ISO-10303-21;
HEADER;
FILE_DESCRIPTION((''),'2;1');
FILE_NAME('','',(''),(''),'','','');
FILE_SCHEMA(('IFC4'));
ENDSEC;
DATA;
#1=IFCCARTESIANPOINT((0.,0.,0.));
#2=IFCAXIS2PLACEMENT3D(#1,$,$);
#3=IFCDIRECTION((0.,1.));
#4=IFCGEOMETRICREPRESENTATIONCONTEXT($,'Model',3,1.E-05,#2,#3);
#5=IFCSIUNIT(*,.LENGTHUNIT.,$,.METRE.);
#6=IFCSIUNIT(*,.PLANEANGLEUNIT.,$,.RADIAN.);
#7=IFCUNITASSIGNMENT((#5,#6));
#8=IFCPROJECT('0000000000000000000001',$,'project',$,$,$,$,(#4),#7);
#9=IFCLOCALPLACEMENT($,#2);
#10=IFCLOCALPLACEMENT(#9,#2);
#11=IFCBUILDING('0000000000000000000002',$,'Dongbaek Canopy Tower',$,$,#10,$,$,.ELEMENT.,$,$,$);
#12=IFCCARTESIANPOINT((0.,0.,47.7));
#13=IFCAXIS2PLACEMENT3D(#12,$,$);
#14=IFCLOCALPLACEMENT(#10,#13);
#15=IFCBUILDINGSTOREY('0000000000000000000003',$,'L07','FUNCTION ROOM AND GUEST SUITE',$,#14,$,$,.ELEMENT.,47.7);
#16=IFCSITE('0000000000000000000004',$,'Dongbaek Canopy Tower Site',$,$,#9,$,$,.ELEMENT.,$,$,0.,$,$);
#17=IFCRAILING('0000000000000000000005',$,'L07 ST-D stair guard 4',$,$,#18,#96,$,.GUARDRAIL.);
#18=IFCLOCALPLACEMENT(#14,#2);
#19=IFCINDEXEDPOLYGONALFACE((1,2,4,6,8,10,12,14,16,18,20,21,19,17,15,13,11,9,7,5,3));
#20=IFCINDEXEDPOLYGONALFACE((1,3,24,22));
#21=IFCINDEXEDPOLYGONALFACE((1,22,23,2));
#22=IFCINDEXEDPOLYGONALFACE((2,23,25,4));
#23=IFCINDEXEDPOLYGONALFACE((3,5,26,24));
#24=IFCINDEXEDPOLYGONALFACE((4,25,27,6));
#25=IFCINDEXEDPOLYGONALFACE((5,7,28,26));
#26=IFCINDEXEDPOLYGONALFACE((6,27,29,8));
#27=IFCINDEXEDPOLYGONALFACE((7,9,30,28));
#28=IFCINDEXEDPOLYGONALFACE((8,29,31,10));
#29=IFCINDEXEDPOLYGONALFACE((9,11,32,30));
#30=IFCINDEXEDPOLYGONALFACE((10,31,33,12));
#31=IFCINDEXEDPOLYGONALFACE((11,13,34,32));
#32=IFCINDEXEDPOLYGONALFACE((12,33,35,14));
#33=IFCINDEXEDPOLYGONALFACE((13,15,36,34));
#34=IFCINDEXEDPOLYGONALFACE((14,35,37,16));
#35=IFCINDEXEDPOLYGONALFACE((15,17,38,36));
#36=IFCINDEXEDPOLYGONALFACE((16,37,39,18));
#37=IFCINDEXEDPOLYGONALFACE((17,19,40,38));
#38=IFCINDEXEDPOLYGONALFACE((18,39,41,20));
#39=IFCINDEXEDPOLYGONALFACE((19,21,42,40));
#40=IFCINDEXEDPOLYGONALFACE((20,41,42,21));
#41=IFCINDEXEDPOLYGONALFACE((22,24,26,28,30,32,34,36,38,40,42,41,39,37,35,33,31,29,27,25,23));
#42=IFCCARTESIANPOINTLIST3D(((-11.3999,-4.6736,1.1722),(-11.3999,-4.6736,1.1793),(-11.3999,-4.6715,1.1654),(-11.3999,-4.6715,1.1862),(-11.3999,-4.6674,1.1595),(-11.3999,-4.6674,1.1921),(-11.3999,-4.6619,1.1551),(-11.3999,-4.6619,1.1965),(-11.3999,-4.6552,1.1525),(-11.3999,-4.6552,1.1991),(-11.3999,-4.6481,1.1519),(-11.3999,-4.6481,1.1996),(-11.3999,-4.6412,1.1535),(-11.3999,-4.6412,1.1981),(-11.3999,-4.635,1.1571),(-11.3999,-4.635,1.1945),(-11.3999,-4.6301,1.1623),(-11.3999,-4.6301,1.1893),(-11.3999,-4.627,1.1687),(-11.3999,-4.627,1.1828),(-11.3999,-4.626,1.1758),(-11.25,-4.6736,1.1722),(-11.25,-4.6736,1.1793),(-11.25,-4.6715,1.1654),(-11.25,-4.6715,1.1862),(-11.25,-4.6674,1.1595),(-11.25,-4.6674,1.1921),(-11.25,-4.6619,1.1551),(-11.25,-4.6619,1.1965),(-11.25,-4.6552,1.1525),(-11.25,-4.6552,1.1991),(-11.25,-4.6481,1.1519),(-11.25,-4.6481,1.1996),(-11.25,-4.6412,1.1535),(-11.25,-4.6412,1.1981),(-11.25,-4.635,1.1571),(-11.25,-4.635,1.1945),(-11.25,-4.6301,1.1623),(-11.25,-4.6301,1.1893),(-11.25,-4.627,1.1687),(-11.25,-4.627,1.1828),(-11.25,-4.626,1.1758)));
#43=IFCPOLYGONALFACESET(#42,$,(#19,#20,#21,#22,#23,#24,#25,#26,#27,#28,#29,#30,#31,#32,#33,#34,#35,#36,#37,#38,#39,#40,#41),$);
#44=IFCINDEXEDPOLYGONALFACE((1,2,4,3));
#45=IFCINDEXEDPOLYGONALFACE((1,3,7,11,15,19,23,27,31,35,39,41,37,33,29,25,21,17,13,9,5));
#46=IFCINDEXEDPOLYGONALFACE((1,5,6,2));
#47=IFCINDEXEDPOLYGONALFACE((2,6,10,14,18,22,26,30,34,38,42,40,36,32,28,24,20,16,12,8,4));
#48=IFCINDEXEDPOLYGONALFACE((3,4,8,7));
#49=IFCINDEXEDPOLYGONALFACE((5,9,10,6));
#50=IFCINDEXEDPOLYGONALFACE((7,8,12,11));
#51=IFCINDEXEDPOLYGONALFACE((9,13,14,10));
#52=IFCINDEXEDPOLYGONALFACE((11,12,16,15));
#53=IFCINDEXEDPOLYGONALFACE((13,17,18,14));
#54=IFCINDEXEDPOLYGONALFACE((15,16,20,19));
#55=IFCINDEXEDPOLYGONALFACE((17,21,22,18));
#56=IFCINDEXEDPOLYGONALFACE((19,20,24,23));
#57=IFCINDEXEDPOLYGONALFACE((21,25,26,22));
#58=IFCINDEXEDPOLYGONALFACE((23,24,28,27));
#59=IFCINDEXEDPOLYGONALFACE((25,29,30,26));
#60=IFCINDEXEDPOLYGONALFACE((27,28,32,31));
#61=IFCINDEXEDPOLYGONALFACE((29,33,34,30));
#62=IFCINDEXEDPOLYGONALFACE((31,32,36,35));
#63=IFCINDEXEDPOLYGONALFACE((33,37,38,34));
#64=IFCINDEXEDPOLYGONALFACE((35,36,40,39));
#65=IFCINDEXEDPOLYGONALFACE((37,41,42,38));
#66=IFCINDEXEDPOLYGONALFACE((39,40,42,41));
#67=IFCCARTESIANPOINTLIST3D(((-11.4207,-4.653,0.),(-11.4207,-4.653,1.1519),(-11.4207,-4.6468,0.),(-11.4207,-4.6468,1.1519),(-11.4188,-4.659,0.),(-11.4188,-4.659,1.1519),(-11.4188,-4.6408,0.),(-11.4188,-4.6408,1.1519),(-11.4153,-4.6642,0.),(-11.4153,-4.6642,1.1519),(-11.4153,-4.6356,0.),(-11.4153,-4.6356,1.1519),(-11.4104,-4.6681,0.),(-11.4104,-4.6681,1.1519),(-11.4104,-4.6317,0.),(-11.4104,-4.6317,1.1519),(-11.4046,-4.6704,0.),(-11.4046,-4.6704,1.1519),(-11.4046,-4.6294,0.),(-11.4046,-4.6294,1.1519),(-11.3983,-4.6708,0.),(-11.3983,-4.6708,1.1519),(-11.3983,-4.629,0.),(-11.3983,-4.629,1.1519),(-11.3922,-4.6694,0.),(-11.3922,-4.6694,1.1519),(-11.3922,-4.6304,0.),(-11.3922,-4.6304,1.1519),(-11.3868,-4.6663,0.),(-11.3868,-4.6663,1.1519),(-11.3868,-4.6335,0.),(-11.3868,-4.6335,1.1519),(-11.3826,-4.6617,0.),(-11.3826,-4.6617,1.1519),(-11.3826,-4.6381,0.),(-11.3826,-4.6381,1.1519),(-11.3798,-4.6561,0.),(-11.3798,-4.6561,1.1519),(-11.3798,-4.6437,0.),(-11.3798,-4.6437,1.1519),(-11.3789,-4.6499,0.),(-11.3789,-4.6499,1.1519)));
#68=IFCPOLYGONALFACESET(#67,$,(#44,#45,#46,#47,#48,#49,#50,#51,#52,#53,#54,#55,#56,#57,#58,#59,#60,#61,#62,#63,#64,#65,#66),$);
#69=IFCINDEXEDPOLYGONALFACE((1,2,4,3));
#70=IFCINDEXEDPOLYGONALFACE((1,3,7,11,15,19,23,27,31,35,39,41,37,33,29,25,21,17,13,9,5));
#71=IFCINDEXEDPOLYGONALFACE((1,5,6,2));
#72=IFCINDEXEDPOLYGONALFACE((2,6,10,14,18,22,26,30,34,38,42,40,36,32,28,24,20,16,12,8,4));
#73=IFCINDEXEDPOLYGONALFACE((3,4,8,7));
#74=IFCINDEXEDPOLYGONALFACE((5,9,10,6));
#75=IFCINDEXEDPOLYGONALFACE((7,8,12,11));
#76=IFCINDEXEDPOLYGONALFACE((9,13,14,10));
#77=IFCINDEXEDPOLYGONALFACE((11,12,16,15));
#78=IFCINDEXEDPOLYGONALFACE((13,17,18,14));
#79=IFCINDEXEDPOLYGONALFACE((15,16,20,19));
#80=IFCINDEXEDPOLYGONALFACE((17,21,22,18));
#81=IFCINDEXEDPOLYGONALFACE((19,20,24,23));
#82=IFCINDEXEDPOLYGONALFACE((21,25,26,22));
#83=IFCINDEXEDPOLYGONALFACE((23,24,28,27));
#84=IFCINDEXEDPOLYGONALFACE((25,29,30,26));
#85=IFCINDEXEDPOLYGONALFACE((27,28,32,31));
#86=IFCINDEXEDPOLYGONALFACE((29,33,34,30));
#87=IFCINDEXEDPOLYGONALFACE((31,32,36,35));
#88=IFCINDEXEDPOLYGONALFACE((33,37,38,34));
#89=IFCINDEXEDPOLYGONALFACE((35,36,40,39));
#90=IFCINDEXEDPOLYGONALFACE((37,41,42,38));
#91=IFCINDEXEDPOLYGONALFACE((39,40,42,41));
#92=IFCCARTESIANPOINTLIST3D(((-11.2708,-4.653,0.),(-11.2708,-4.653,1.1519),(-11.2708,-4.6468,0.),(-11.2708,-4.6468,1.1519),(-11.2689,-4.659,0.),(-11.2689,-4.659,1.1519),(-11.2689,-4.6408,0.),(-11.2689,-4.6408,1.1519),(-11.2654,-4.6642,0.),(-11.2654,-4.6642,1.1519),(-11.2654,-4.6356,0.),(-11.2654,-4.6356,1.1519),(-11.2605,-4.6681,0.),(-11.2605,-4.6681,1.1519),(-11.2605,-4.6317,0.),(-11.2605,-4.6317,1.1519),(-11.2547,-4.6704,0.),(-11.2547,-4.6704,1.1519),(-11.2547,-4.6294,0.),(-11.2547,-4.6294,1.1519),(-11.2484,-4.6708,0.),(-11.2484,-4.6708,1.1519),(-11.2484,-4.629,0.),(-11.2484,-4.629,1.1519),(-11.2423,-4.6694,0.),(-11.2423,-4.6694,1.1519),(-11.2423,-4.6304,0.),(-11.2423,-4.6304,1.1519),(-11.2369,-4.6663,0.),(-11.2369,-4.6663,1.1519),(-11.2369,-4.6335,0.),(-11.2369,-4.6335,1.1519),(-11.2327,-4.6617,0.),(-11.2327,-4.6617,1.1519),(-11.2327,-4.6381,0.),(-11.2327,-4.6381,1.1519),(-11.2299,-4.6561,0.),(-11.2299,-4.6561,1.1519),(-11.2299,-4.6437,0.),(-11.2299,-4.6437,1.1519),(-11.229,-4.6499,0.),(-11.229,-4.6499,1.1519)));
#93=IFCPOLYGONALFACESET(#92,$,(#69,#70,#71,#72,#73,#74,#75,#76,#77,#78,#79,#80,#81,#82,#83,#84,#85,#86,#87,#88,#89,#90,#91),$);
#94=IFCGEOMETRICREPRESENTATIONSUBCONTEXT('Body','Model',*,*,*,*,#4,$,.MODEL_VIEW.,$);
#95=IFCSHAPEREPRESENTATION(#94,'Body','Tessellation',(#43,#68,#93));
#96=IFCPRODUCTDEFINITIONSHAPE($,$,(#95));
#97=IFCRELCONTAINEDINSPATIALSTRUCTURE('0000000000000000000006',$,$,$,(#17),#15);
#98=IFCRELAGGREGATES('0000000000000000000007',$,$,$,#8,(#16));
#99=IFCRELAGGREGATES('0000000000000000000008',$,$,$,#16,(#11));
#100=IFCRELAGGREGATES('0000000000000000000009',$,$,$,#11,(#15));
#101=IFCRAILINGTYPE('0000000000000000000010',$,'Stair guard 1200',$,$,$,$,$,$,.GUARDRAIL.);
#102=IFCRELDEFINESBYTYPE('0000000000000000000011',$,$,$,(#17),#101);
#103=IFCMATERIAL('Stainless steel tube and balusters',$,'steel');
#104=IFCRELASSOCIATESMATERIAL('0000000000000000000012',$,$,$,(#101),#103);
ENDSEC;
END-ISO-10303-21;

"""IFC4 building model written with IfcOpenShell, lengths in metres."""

from ifc_helpers import new_model, si_unit, direction, frame, origin, origin_2d, place, context, subcontext, project, spatial, circle, extrude, material, type_object, element, save


model = new_model("IFC4")

# Units and contexts
model_context = context("Model", 3, precision=1e-05, world=origin(), true_north=direction((0.0, 1.0)))
body_context = subcontext(model_context, "Body", "Model", "MODEL_VIEW")
ifc_project = project(units=[si_unit("LENGTHUNIT", "METRE"), si_unit("PLANEANGLEUNIT", "RADIAN")], contexts=[model_context])

# Site, building, storey
site_placement = place(None, origin())
site = spatial("IfcSite", under=ifc_project, at=site_placement, Name="Dongbaek Canopy Tower Site", CompositionType="ELEMENT", RefElevation=0.0)
building_placement = place(site_placement, origin())
building = spatial("IfcBuilding", under=site, at=building_placement, Name="Dongbaek Canopy Tower", CompositionType="ELEMENT")
storey_placement = place(building_placement, frame((0.0, 0.0, 47.7)))
storey = spatial("IfcBuildingStorey", under=building, at=storey_placement, Name="L07", Description="FUNCTION ROOM AND GUEST SUITE", CompositionType="ELEMENT", Elevation=47.7)

# Railing
ifc_material_1 = material(Name="Stainless steel tube and balusters", Category="steel")
railing_type_1 = type_object("IfcRailingType", Name="Stair guard 1200", PredefinedType="GUARDRAIL", material=ifc_material_1)
railing_1_placement = place(storey_placement, frame((-11.3999, -4.6499, 0.0)))
element("IfcRailing", 1, at=railing_1_placement, inside=storey, type_object=railing_type_1, Name="L07 ST-D stair guard 4", PredefinedType="GUARDRAIL", context=body_context, shape_type="SweptSolid", body=[
    extrude(circle(Radius=0.0239, at=origin_2d()), frame((0.0, 0.0, 1.1758), z_axis=(1.0, 0.0, 0.0), x_axis=(0.0, 1.0, 0.0)), (0.0, 0.0, 1.0), 0.1499),
    extrude(circle(Radius=0.021, at=origin_2d()), origin(), (0.0, 0.0, 1.0), 1.1519),
    extrude(circle(Radius=0.021, at=origin_2d()), frame((0.1499, 0.0, 0.0)), (0.0, 0.0, 1.0), 1.1519),
])

save(model, "model.ifc")
